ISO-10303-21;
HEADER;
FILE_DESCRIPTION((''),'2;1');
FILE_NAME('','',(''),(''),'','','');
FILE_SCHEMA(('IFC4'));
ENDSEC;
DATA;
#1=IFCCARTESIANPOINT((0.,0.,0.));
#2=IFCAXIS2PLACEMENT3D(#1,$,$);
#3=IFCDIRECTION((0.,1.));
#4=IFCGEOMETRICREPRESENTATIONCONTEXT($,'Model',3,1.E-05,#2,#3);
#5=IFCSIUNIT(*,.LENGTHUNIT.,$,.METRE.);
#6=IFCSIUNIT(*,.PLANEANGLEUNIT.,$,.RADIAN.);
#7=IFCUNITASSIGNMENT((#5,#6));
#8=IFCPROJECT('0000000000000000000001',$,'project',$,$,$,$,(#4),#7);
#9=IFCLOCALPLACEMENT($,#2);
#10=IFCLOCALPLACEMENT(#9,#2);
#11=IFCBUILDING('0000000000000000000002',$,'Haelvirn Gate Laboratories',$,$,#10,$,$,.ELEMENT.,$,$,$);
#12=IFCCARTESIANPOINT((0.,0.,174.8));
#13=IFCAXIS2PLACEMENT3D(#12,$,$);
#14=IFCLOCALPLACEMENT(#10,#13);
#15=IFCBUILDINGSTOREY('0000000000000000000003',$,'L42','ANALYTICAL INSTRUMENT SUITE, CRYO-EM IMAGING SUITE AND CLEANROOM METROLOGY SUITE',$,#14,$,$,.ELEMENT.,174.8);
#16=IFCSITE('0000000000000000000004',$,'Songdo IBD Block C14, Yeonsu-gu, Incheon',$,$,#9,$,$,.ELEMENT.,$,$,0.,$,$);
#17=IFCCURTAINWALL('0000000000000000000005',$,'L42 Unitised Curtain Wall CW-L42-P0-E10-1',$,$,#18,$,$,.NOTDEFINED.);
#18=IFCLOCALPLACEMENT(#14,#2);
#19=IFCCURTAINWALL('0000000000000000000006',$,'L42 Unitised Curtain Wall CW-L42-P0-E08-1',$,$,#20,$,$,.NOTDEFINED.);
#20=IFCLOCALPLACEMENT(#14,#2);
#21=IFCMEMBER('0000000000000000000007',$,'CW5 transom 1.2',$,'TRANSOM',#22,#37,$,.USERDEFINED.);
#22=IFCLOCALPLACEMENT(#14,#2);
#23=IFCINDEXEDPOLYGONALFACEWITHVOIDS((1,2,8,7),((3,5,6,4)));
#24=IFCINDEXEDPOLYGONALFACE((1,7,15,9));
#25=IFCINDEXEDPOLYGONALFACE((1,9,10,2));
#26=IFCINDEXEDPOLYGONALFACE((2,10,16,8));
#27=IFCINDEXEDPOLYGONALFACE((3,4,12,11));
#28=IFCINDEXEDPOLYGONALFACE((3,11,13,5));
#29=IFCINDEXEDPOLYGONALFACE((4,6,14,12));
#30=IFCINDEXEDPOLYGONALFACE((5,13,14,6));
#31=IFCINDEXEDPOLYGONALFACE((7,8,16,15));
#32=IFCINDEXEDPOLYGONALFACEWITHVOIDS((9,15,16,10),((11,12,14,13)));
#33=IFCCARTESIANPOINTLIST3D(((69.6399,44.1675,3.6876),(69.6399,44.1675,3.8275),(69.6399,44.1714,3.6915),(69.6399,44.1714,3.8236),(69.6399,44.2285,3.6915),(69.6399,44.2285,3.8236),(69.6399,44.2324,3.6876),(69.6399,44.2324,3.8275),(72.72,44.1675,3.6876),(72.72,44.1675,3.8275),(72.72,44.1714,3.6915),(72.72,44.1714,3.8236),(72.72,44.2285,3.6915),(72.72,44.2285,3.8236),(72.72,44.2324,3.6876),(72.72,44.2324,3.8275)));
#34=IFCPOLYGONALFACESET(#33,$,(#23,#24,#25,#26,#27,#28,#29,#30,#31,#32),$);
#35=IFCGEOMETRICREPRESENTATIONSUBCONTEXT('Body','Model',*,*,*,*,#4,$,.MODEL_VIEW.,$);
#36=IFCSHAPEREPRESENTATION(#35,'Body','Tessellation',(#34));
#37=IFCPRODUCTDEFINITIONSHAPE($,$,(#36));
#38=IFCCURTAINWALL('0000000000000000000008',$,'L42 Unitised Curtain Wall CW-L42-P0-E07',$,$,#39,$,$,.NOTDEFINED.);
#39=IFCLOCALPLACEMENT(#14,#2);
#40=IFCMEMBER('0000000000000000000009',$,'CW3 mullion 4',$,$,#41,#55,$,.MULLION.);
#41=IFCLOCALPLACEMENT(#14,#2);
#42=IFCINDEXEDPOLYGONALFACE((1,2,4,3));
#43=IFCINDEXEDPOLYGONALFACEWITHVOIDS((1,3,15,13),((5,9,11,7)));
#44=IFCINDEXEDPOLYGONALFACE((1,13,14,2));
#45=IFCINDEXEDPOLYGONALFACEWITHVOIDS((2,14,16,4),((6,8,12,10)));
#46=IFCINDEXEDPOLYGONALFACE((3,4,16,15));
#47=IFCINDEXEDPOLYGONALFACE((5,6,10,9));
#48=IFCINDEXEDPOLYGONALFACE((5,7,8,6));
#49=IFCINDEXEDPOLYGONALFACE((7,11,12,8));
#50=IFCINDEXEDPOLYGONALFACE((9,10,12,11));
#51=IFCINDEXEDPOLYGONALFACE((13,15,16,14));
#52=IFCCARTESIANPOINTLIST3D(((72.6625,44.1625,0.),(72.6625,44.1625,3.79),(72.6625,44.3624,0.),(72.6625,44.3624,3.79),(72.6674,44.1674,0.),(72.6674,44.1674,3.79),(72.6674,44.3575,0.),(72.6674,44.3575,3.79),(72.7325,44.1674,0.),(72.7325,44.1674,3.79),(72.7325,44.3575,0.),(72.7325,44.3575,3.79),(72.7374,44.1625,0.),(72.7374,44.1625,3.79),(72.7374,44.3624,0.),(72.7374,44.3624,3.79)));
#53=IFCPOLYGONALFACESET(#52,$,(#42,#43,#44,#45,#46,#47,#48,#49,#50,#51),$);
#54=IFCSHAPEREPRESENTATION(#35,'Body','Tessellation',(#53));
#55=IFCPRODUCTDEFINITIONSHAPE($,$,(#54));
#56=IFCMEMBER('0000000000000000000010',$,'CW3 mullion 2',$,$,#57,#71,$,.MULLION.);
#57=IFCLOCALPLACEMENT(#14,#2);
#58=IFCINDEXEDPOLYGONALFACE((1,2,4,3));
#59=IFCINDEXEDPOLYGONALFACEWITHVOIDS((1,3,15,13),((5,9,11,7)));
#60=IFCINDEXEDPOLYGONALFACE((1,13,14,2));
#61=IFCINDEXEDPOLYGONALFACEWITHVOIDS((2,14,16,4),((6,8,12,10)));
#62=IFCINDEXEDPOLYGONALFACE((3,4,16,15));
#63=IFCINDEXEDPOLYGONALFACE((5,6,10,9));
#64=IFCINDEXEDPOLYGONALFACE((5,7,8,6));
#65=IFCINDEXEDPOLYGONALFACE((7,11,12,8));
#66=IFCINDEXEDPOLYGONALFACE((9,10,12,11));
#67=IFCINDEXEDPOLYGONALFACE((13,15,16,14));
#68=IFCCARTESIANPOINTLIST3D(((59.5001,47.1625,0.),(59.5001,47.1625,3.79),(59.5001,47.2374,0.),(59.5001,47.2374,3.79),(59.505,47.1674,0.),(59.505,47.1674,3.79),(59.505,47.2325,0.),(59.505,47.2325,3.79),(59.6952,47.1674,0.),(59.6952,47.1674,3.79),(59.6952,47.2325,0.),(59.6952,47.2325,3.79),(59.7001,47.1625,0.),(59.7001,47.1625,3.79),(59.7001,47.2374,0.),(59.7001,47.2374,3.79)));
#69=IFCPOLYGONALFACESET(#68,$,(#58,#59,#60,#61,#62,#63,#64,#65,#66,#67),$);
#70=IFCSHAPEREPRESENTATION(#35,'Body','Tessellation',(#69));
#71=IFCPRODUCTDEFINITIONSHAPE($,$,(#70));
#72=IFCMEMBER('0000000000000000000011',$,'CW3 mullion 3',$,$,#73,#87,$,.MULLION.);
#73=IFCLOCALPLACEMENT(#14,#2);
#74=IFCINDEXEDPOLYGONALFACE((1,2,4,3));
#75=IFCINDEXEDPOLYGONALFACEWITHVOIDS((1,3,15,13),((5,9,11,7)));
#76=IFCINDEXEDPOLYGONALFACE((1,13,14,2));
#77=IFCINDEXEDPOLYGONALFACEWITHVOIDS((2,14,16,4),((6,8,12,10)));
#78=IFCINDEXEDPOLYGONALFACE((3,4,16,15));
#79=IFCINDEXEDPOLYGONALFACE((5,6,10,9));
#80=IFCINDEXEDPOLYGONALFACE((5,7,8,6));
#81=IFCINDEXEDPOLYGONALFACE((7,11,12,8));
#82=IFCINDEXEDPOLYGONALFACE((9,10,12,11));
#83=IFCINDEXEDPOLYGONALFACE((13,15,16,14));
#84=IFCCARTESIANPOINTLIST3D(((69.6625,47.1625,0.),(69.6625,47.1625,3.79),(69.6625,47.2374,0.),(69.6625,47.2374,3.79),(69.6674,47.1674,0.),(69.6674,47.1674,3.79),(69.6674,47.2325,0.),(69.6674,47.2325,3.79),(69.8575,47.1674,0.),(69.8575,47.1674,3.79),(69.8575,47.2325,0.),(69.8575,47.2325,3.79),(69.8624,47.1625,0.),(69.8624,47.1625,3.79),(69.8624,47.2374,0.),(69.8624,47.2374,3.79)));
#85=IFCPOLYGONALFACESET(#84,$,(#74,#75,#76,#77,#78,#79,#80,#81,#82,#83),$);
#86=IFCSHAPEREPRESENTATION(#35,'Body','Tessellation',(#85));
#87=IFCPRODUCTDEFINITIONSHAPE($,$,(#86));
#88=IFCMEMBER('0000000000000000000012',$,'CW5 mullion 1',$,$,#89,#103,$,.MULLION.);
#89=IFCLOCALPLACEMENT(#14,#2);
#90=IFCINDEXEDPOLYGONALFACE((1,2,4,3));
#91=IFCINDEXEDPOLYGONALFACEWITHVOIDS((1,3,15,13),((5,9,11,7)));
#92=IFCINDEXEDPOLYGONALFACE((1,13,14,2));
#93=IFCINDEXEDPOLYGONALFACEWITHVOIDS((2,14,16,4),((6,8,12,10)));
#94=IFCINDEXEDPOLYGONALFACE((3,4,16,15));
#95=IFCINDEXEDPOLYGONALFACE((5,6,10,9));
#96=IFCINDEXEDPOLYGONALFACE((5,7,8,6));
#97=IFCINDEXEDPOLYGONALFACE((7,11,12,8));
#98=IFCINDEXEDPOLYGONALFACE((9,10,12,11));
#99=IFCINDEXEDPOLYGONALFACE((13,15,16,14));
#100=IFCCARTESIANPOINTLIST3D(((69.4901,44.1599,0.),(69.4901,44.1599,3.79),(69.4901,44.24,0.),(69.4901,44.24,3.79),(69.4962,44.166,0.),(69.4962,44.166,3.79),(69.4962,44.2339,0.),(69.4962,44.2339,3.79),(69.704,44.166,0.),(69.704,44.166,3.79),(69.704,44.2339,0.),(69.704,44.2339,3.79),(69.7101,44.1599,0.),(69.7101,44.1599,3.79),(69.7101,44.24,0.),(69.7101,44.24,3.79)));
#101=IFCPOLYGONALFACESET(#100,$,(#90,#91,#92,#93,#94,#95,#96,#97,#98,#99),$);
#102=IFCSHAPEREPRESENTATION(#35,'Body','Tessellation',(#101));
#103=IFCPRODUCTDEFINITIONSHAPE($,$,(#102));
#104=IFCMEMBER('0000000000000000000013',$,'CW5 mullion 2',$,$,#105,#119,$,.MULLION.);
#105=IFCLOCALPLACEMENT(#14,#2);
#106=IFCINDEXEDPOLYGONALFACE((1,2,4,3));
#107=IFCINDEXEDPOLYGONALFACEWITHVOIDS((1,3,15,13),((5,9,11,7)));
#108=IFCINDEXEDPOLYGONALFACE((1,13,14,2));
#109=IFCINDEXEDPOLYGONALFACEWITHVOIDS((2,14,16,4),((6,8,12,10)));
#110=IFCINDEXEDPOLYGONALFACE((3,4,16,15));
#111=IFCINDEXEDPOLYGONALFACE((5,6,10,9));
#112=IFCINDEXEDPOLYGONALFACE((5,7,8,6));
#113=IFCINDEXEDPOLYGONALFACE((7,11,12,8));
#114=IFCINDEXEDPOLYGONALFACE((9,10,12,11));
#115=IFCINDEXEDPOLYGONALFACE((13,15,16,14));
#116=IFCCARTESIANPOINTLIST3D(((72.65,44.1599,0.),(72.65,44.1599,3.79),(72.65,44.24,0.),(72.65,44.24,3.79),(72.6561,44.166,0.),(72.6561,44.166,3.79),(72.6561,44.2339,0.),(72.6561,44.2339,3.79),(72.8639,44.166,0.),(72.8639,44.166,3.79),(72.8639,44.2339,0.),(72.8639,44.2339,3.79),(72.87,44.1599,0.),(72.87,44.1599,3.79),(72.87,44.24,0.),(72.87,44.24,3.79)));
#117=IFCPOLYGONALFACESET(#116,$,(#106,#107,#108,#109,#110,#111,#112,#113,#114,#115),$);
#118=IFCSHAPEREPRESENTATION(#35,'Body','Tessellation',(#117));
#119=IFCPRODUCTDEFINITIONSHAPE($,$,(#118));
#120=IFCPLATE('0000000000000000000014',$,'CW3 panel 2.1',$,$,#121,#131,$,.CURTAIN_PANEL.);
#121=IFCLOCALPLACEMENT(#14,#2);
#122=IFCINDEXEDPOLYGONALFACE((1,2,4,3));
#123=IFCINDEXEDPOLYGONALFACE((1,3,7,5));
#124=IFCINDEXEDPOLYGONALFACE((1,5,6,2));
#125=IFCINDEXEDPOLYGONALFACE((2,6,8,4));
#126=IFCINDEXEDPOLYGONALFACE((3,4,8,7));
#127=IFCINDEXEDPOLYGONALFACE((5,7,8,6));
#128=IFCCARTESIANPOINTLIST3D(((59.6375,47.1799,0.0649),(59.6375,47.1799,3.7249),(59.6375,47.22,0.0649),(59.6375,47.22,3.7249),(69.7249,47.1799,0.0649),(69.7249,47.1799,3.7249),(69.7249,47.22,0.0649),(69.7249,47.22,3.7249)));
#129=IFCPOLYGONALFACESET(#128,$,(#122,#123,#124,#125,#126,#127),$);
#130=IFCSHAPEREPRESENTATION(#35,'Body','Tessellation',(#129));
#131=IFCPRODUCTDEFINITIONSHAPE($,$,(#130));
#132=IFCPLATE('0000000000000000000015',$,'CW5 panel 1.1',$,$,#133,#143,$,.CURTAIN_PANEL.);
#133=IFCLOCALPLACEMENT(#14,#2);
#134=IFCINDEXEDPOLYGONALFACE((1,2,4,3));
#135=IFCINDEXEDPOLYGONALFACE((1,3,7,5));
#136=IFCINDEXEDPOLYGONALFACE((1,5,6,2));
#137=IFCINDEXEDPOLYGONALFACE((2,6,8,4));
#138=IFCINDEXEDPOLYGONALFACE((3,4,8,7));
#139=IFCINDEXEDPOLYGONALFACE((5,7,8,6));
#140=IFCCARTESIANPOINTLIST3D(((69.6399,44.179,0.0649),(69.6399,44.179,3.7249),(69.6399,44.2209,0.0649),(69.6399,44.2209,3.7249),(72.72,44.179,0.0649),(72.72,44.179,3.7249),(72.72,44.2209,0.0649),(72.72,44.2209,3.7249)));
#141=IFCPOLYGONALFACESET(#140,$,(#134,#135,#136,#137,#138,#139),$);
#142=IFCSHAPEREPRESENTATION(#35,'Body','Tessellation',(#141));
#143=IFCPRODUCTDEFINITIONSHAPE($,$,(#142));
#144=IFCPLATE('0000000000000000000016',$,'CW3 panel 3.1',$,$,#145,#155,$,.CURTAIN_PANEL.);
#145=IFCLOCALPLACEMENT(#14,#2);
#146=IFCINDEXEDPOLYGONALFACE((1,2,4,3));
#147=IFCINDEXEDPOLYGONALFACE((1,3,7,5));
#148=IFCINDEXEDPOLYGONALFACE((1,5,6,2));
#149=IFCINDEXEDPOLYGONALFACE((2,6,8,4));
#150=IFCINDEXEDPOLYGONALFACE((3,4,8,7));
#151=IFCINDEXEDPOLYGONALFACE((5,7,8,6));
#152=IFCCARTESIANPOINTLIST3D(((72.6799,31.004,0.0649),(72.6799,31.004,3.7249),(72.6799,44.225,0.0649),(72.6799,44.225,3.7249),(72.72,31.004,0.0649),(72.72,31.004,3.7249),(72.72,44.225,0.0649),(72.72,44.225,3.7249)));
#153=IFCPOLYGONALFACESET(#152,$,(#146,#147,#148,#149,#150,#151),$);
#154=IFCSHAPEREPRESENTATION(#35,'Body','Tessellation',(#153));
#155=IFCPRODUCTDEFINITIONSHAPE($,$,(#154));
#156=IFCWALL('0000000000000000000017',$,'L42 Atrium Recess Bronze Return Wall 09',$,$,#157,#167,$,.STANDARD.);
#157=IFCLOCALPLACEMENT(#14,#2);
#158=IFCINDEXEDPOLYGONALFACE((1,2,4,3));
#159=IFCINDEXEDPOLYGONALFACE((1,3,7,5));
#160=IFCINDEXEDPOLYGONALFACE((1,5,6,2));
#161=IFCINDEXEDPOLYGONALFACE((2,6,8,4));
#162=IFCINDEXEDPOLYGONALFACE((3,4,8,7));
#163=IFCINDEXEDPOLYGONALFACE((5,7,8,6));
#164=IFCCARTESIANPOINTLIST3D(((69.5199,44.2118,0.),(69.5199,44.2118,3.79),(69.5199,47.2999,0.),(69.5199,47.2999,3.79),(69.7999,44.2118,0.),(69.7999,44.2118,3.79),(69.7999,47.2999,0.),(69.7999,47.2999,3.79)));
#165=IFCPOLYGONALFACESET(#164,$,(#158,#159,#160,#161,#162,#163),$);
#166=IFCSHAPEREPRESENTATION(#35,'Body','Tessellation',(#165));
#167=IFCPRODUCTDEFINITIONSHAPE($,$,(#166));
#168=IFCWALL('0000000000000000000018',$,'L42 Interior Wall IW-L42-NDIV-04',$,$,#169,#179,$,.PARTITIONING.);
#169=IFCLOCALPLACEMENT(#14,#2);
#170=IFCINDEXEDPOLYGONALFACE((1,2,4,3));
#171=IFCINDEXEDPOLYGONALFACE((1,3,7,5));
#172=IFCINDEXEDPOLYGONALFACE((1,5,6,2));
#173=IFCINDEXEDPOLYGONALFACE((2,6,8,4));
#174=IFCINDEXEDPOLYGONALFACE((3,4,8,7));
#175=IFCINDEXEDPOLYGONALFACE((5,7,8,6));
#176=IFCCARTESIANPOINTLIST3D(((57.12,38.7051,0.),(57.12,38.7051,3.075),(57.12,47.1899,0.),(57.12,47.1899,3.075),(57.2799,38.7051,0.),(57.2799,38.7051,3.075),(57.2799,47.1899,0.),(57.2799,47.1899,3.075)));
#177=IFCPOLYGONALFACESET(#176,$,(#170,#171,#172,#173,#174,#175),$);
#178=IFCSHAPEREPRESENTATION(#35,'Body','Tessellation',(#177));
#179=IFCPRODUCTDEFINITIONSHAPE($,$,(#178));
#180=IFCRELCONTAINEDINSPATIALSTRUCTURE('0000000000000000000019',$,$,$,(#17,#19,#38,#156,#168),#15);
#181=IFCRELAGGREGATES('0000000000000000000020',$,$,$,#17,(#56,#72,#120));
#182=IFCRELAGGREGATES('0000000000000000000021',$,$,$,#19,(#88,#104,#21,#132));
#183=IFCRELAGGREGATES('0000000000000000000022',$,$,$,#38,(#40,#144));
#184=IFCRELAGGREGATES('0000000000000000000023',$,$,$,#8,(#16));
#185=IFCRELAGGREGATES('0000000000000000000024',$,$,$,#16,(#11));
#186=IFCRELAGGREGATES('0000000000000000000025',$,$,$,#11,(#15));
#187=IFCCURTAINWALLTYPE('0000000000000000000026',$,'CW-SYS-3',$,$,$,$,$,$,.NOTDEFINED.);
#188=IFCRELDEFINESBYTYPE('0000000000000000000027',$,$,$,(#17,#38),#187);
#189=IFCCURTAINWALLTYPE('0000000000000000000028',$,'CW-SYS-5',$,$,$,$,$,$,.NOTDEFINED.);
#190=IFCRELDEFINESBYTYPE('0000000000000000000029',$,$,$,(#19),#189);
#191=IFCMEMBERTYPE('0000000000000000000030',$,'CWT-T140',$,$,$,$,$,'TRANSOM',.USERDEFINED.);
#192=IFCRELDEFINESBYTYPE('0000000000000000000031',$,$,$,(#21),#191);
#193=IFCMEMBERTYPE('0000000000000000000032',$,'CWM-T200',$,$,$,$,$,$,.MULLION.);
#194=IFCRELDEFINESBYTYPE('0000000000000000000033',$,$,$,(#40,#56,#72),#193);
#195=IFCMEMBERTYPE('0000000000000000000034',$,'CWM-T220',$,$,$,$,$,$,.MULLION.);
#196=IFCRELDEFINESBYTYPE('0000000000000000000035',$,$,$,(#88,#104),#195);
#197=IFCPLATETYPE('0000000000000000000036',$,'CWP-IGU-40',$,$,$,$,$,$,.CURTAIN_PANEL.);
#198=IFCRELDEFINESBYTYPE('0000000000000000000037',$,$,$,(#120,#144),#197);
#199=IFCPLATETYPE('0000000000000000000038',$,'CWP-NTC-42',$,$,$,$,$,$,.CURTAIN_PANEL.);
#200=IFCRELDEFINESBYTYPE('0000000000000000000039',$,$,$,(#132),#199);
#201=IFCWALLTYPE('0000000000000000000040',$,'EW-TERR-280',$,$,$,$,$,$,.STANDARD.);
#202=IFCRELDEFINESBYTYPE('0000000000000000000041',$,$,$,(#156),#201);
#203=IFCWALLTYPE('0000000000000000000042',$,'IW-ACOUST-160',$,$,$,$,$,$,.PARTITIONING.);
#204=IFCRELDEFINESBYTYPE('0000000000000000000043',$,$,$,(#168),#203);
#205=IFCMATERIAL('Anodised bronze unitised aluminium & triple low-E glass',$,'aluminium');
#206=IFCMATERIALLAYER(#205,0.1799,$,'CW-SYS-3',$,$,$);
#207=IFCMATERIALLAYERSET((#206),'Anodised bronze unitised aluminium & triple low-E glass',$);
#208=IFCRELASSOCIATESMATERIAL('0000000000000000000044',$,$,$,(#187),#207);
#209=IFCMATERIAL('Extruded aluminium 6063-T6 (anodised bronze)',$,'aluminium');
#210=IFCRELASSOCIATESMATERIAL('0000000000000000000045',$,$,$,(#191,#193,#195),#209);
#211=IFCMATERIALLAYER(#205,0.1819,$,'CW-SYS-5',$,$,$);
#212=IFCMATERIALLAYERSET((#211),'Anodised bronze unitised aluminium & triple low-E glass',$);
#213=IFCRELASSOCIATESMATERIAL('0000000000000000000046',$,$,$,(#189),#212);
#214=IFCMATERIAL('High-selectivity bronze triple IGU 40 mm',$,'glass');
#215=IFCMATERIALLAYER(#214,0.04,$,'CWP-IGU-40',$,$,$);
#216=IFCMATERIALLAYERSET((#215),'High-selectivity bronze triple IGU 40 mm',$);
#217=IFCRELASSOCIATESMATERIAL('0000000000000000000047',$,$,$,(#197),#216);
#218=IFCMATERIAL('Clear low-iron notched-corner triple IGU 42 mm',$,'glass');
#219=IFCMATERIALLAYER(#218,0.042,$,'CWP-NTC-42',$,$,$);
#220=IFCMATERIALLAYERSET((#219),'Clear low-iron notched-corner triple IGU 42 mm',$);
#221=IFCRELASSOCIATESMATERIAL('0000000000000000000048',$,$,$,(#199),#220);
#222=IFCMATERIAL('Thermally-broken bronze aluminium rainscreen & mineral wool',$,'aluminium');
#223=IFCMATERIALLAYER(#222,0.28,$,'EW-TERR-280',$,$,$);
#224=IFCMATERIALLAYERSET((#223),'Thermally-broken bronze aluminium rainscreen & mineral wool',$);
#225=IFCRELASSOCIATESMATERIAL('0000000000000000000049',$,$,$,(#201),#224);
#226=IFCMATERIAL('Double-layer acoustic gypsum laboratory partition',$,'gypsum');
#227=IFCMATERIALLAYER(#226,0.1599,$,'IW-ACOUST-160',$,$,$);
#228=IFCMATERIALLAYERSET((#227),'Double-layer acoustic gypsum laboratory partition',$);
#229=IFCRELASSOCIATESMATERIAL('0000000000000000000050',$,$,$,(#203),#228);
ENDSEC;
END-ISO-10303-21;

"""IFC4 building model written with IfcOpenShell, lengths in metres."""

from ifc_helpers import new_model, si_unit, direction, frame, frame_2d, origin, origin_2d, place, context, subcontext, project, spatial, rectangle, hollow_rectangle, extrude, source, transform, mapped, material, layer, layer_set, material_profile, profile_set, type_object, type_shapes, element, aggregate, save


model = new_model("IFC4")

# Units and contexts
model_context = context("Model", 3, precision=1e-05, world=origin(), true_north=direction((0.0, 1.0)))
body_context = subcontext(model_context, "Body", "Model", "MODEL_VIEW")
ifc_project = project(units=[si_unit("LENGTHUNIT", "METRE"), si_unit("PLANEANGLEUNIT", "RADIAN")], contexts=[model_context])

# Site, building, storey
site_placement = place(None, origin())
site = spatial("IfcSite", under=ifc_project, at=site_placement, Name="Songdo IBD Block C14, Yeonsu-gu, Incheon", CompositionType="ELEMENT", RefElevation=0.0)
building_placement = place(site_placement, origin())
building = spatial("IfcBuilding", under=site, at=building_placement, Name="Haelvirn Gate Laboratories", CompositionType="ELEMENT")
storey_placement = place(building_placement, frame((0.0, 0.0, 174.8)))
storey = spatial("IfcBuildingStorey", under=building, at=storey_placement, Name="L42", Description="ANALYTICAL INSTRUMENT SUITE, CRYO-EM IMAGING SUITE AND CLEANROOM METROLOGY SUITE", CompositionType="ELEMENT", Elevation=174.8)

# Curtain walls, member
ifc_material_1 = material(Name="Anodised bronze unitised aluminium & triple low-E glass", Category="aluminium")
ifc_layer_1 = layer(ifc_material_1, 0.1799, Name="CW-SYS-3")
ifc_layer_set_1 = layer_set([ifc_layer_1], Name="Anodised bronze unitised aluminium & triple low-E glass")
curtain_wall_type_1 = type_object("IfcCurtainWallType", Name="CW-SYS-3", PredefinedType="NOTDEFINED", material=ifc_layer_set_1)
curtain_wall_1_placement = place(storey_placement, origin())
curtain_wall_1 = element("IfcCurtainWall", 1, at=curtain_wall_1_placement, inside=storey, type_object=curtain_wall_type_1, Name="L42 Unitised Curtain Wall CW-L42-P0-E10-1", PredefinedType="NOTDEFINED")
ifc_material_2 = material(Name="Extruded aluminium 6063-T6 (anodised bronze)", Category="aluminium")
ifc_material_profile_1 = material_profile(ifc_material_2, hollow_rectangle(XDim=0.0649, YDim=0.1399, WallThickness=0.0039, at=origin_2d()), Name="CWT-140x65x4")
ifc_profile_set_1 = profile_set([ifc_material_profile_1], Name="Extruded aluminium 6063-T6 (anodised bronze)")
member_type_1 = type_object("IfcMemberType", Name="CWT-T140", ElementType="TRANSOM", PredefinedType="USERDEFINED", material=ifc_profile_set_1)
ifc_layer_2 = layer(ifc_material_1, 0.1819, Name="CW-SYS-5")
ifc_layer_set_2 = layer_set([ifc_layer_2], Name="Anodised bronze unitised aluminium & triple low-E glass")
curtain_wall_type_2 = type_object("IfcCurtainWallType", Name="CW-SYS-5", PredefinedType="NOTDEFINED", material=ifc_layer_set_2)
curtain_wall_2_placement = place(storey_placement, origin())
curtain_wall_2 = element("IfcCurtainWall", 2, at=curtain_wall_2_placement, inside=storey, type_object=curtain_wall_type_2, Name="L42 Unitised Curtain Wall CW-L42-P0-E08-1", PredefinedType="NOTDEFINED")
shared_shape_1 = source(origin(), body_context, "Body", "SweptSolid", [
    extrude(hollow_rectangle(XDim=0.0649, YDim=0.1399, WallThickness=0.0039, at=origin_2d()), origin(), (0.0, 0.0, 1.0), 3.0801),
])
member_1_placement = place(storey_placement, frame((69.6399, 44.2, 3.7576), z_axis=(1.0, 0.0, 0.0), x_axis=(0.0, 1.0, 0.0)))
member_1 = element("IfcMember", 3, at=member_1_placement, type_object=member_type_1, Name="CW5 transom 1.2", ObjectType="TRANSOM", PredefinedType="USERDEFINED", context=body_context, shape_type="MappedRepresentation", body=[
    mapped(shared_shape_1, transform((0.0, 0.0, 0.0), scale=1.0)),
])

# Curtain wall, member
curtain_wall_3_placement = place(storey_placement, origin())
curtain_wall_3 = element("IfcCurtainWall", 4, at=curtain_wall_3_placement, inside=storey, type_object=curtain_wall_type_1, Name="L42 Unitised Curtain Wall CW-L42-P0-E07", PredefinedType="NOTDEFINED")
ifc_material_profile_2 = material_profile(ifc_material_2, hollow_rectangle(XDim=0.075, YDim=0.2, WallThickness=0.0049, at=origin_2d()), Name="CWM-200x75x5")
ifc_profile_set_2 = profile_set([ifc_material_profile_2], Name="Extruded aluminium 6063-T6 (anodised bronze)")
member_type_2 = type_object("IfcMemberType", Name="CWM-T200", PredefinedType="MULLION", material=ifc_profile_set_2)
shared_shape_2 = source(origin(), body_context, "Body", "SweptSolid", [
    extrude(hollow_rectangle(XDim=0.075, YDim=0.2, WallThickness=0.0049, at=origin_2d()), origin(), (0.0, 0.0, 1.0), 3.79),
])
type_shapes(member_type_2, [shared_shape_2])
member_2_placement = place(storey_placement, frame((72.7, 44.2625, 0.0), z_axis=(0.0, 0.0, 1.0), x_axis=(-1.0, 0.0, 0.0)))
member_2 = element("IfcMember", 5, at=member_2_placement, type_object=member_type_2, Name="CW3 mullion 4", PredefinedType="MULLION", context=body_context, shape_type="MappedRepresentation", body=[
    mapped(shared_shape_2, transform((0.0, 0.0, 0.0), scale=1.0)),
])

# Members
member_3_placement = place(storey_placement, frame((59.6001, 47.2, 0.0), z_axis=(0.0, 0.0, 1.0), x_axis=(0.0, 1.0, 0.0)))
member_3 = element("IfcMember", 6, at=member_3_placement, type_object=member_type_2, Name="CW3 mullion 2", PredefinedType="MULLION", context=body_context, shape_type="MappedRepresentation", body=[
    mapped(shared_shape_2, transform((0.0, 0.0, 0.0), scale=1.0)),
])
member_4_placement = place(storey_placement, frame((69.7625, 47.2, 0.0), z_axis=(0.0, 0.0, 1.0), x_axis=(0.0, 1.0, 0.0)))
member_4 = element("IfcMember", 7, at=member_4_placement, type_object=member_type_2, Name="CW3 mullion 3", PredefinedType="MULLION", context=body_context, shape_type="MappedRepresentation", body=[
    mapped(shared_shape_2, transform((0.0, 0.0, 0.0), scale=1.0)),
])
ifc_material_profile_3 = material_profile(ifc_material_2, hollow_rectangle(XDim=0.0801, YDim=0.22, WallThickness=0.0061, at=origin_2d()), Name="CWM-220x80x6")
ifc_profile_set_3 = profile_set([ifc_material_profile_3], Name="Extruded aluminium 6063-T6 (anodised bronze)")
member_type_3 = type_object("IfcMemberType", Name="CWM-T220", PredefinedType="MULLION", material=ifc_profile_set_3)
shared_shape_3 = source(origin(), body_context, "Body", "SweptSolid", [
    extrude(hollow_rectangle(XDim=0.0801, YDim=0.22, WallThickness=0.0061, at=origin_2d()), origin(), (0.0, 0.0, 1.0), 3.79),
])
type_shapes(member_type_3, [shared_shape_3])
member_5_placement = place(storey_placement, frame((69.6001, 44.2, 0.0), z_axis=(0.0, 0.0, 1.0), x_axis=(0.0, 1.0, 0.0)))
member_5 = element("IfcMember", 8, at=member_5_placement, type_object=member_type_3, Name="CW5 mullion 1", PredefinedType="MULLION", context=body_context, shape_type="MappedRepresentation", body=[
    mapped(shared_shape_3, transform((0.0, 0.0, 0.0), scale=1.0)),
])
member_6_placement = place(storey_placement, frame((72.76, 44.2, 0.0), z_axis=(0.0, 0.0, 1.0), x_axis=(0.0, 1.0, 0.0)))
member_6 = element("IfcMember", 9, at=member_6_placement, type_object=member_type_3, Name="CW5 mullion 2", PredefinedType="MULLION", context=body_context, shape_type="MappedRepresentation", body=[
    mapped(shared_shape_3, transform((0.0, 0.0, 0.0), scale=1.0)),
])

# Plates
ifc_material_3 = material(Name="High-selectivity bronze triple IGU 40 mm", Category="glass")
ifc_layer_3 = layer(ifc_material_3, 0.04, Name="CWP-IGU-40")
ifc_layer_set_3 = layer_set([ifc_layer_3], Name="High-selectivity bronze triple IGU 40 mm")
plate_type_1 = type_object("IfcPlateType", Name="CWP-IGU-40", PredefinedType="CURTAIN_PANEL", material=ifc_layer_set_3)
shared_shape_4 = source(origin(), body_context, "Body", "SweptSolid", [
    extrude(rectangle(XDim=10.0874, YDim=0.04, at=origin_2d()), origin(), (0.0, 0.0, 1.0), 3.6599),
])
plate_1_placement = place(storey_placement, frame((64.6812, 47.2, 0.0649), z_axis=(0.0, 0.0, 1.0), x_axis=(1.0, 0.0, 0.0)))
plate_1 = element("IfcPlate", 10, at=plate_1_placement, type_object=plate_type_1, Name="CW3 panel 2.1", PredefinedType="CURTAIN_PANEL", context=body_context, shape_type="MappedRepresentation", body=[
    mapped(shared_shape_4, transform((0.0, 0.0, 0.0), scale=1.0)),
])
aggregate(curtain_wall_1, [member_3, member_4, plate_1])
ifc_material_4 = material(Name="Clear low-iron notched-corner triple IGU 42 mm", Category="glass")
ifc_layer_4 = layer(ifc_material_4, 0.042, Name="CWP-NTC-42")
ifc_layer_set_4 = layer_set([ifc_layer_4], Name="Clear low-iron notched-corner triple IGU 42 mm")
plate_type_2 = type_object("IfcPlateType", Name="CWP-NTC-42", PredefinedType="CURTAIN_PANEL", material=ifc_layer_set_4)
shared_shape_5 = source(origin(), body_context, "Body", "SweptSolid", [
    extrude(rectangle(XDim=3.0801, YDim=0.042, at=origin_2d()), origin(), (0.0, 0.0, 1.0), 3.6599),
])
type_shapes(plate_type_2, [shared_shape_5])
plate_2_placement = place(storey_placement, frame((71.1799, 44.2, 0.0649), z_axis=(0.0, 0.0, 1.0), x_axis=(1.0, 0.0, 0.0)))
plate_2 = element("IfcPlate", 11, at=plate_2_placement, type_object=plate_type_2, Name="CW5 panel 1.1", PredefinedType="CURTAIN_PANEL", context=body_context, shape_type="MappedRepresentation", body=[
    mapped(shared_shape_5, transform((0.0, 0.0, 0.0), scale=1.0)),
])
aggregate(curtain_wall_2, [member_5, member_6, member_1, plate_2])
shared_shape_6 = source(origin(), body_context, "Body", "SweptSolid", [
    extrude(rectangle(XDim=13.2209, YDim=0.04, at=origin_2d()), origin(), (0.0, 0.0, 1.0), 3.6599),
])
type_shapes(plate_type_1, [shared_shape_4, shared_shape_6])
plate_3_placement = place(storey_placement, frame((72.7, 37.6145, 0.0649), z_axis=(0.0, 0.0, 1.0), x_axis=(0.0, 1.0, 0.0)))
plate_3 = element("IfcPlate", 12, at=plate_3_placement, type_object=plate_type_1, Name="CW3 panel 3.1", PredefinedType="CURTAIN_PANEL", context=body_context, shape_type="MappedRepresentation", body=[
    mapped(shared_shape_6, transform((0.0, 0.0, 0.0), scale=1.0)),
])
aggregate(curtain_wall_3, [member_2, plate_3])

# Walls
ifc_material_5 = material(Name="Thermally-broken bronze aluminium rainscreen & mineral wool", Category="aluminium")
ifc_layer_5 = layer(ifc_material_5, 0.28, Name="EW-TERR-280")
ifc_layer_set_5 = layer_set([ifc_layer_5], Name="Thermally-broken bronze aluminium rainscreen & mineral wool")
wall_type_1 = type_object("IfcWallType", Name="EW-TERR-280", PredefinedType="STANDARD", material=ifc_layer_set_5)
wall_1_placement = place(storey_placement, frame((69.6599, 44.2119, 0.0), z_axis=(0.0, 0.0, 1.0), x_axis=(0.0, 1.0, 0.0)))
element("IfcWall", 13, at=wall_1_placement, inside=storey, type_object=wall_type_1, Name="L42 Atrium Recess Bronze Return Wall 09", PredefinedType="STANDARD", context=body_context, shape_type="SweptSolid", body=[
    extrude(rectangle(XDim=3.0881, YDim=0.28, at=frame_2d((1.5439, 0.0))), origin(), (0.0, 0.0, 1.0), 3.79),
])
ifc_material_6 = material(Name="Double-layer acoustic gypsum laboratory partition", Category="gypsum")
ifc_layer_6 = layer(ifc_material_6, 0.1599, Name="IW-ACOUST-160")
ifc_layer_set_6 = layer_set([ifc_layer_6], Name="Double-layer acoustic gypsum laboratory partition")
wall_type_2 = type_object("IfcWallType", Name="IW-ACOUST-160", PredefinedType="PARTITIONING", material=ifc_layer_set_6)
wall_2_placement = place(storey_placement, frame((57.2, 38.7051, 0.0), z_axis=(0.0, 0.0, 1.0), x_axis=(0.0, 1.0, 0.0)))
element("IfcWall", 14, at=wall_2_placement, inside=storey, type_object=wall_type_2, Name="L42 Interior Wall IW-L42-NDIV-04", PredefinedType="PARTITIONING", context=body_context, shape_type="SweptSolid", body=[
    extrude(rectangle(XDim=8.4849, YDim=0.1599, at=frame_2d((4.2424, 0.0))), origin(), (0.0, 0.0, 1.0), 3.075),
])

save(model, "model.ifc")
